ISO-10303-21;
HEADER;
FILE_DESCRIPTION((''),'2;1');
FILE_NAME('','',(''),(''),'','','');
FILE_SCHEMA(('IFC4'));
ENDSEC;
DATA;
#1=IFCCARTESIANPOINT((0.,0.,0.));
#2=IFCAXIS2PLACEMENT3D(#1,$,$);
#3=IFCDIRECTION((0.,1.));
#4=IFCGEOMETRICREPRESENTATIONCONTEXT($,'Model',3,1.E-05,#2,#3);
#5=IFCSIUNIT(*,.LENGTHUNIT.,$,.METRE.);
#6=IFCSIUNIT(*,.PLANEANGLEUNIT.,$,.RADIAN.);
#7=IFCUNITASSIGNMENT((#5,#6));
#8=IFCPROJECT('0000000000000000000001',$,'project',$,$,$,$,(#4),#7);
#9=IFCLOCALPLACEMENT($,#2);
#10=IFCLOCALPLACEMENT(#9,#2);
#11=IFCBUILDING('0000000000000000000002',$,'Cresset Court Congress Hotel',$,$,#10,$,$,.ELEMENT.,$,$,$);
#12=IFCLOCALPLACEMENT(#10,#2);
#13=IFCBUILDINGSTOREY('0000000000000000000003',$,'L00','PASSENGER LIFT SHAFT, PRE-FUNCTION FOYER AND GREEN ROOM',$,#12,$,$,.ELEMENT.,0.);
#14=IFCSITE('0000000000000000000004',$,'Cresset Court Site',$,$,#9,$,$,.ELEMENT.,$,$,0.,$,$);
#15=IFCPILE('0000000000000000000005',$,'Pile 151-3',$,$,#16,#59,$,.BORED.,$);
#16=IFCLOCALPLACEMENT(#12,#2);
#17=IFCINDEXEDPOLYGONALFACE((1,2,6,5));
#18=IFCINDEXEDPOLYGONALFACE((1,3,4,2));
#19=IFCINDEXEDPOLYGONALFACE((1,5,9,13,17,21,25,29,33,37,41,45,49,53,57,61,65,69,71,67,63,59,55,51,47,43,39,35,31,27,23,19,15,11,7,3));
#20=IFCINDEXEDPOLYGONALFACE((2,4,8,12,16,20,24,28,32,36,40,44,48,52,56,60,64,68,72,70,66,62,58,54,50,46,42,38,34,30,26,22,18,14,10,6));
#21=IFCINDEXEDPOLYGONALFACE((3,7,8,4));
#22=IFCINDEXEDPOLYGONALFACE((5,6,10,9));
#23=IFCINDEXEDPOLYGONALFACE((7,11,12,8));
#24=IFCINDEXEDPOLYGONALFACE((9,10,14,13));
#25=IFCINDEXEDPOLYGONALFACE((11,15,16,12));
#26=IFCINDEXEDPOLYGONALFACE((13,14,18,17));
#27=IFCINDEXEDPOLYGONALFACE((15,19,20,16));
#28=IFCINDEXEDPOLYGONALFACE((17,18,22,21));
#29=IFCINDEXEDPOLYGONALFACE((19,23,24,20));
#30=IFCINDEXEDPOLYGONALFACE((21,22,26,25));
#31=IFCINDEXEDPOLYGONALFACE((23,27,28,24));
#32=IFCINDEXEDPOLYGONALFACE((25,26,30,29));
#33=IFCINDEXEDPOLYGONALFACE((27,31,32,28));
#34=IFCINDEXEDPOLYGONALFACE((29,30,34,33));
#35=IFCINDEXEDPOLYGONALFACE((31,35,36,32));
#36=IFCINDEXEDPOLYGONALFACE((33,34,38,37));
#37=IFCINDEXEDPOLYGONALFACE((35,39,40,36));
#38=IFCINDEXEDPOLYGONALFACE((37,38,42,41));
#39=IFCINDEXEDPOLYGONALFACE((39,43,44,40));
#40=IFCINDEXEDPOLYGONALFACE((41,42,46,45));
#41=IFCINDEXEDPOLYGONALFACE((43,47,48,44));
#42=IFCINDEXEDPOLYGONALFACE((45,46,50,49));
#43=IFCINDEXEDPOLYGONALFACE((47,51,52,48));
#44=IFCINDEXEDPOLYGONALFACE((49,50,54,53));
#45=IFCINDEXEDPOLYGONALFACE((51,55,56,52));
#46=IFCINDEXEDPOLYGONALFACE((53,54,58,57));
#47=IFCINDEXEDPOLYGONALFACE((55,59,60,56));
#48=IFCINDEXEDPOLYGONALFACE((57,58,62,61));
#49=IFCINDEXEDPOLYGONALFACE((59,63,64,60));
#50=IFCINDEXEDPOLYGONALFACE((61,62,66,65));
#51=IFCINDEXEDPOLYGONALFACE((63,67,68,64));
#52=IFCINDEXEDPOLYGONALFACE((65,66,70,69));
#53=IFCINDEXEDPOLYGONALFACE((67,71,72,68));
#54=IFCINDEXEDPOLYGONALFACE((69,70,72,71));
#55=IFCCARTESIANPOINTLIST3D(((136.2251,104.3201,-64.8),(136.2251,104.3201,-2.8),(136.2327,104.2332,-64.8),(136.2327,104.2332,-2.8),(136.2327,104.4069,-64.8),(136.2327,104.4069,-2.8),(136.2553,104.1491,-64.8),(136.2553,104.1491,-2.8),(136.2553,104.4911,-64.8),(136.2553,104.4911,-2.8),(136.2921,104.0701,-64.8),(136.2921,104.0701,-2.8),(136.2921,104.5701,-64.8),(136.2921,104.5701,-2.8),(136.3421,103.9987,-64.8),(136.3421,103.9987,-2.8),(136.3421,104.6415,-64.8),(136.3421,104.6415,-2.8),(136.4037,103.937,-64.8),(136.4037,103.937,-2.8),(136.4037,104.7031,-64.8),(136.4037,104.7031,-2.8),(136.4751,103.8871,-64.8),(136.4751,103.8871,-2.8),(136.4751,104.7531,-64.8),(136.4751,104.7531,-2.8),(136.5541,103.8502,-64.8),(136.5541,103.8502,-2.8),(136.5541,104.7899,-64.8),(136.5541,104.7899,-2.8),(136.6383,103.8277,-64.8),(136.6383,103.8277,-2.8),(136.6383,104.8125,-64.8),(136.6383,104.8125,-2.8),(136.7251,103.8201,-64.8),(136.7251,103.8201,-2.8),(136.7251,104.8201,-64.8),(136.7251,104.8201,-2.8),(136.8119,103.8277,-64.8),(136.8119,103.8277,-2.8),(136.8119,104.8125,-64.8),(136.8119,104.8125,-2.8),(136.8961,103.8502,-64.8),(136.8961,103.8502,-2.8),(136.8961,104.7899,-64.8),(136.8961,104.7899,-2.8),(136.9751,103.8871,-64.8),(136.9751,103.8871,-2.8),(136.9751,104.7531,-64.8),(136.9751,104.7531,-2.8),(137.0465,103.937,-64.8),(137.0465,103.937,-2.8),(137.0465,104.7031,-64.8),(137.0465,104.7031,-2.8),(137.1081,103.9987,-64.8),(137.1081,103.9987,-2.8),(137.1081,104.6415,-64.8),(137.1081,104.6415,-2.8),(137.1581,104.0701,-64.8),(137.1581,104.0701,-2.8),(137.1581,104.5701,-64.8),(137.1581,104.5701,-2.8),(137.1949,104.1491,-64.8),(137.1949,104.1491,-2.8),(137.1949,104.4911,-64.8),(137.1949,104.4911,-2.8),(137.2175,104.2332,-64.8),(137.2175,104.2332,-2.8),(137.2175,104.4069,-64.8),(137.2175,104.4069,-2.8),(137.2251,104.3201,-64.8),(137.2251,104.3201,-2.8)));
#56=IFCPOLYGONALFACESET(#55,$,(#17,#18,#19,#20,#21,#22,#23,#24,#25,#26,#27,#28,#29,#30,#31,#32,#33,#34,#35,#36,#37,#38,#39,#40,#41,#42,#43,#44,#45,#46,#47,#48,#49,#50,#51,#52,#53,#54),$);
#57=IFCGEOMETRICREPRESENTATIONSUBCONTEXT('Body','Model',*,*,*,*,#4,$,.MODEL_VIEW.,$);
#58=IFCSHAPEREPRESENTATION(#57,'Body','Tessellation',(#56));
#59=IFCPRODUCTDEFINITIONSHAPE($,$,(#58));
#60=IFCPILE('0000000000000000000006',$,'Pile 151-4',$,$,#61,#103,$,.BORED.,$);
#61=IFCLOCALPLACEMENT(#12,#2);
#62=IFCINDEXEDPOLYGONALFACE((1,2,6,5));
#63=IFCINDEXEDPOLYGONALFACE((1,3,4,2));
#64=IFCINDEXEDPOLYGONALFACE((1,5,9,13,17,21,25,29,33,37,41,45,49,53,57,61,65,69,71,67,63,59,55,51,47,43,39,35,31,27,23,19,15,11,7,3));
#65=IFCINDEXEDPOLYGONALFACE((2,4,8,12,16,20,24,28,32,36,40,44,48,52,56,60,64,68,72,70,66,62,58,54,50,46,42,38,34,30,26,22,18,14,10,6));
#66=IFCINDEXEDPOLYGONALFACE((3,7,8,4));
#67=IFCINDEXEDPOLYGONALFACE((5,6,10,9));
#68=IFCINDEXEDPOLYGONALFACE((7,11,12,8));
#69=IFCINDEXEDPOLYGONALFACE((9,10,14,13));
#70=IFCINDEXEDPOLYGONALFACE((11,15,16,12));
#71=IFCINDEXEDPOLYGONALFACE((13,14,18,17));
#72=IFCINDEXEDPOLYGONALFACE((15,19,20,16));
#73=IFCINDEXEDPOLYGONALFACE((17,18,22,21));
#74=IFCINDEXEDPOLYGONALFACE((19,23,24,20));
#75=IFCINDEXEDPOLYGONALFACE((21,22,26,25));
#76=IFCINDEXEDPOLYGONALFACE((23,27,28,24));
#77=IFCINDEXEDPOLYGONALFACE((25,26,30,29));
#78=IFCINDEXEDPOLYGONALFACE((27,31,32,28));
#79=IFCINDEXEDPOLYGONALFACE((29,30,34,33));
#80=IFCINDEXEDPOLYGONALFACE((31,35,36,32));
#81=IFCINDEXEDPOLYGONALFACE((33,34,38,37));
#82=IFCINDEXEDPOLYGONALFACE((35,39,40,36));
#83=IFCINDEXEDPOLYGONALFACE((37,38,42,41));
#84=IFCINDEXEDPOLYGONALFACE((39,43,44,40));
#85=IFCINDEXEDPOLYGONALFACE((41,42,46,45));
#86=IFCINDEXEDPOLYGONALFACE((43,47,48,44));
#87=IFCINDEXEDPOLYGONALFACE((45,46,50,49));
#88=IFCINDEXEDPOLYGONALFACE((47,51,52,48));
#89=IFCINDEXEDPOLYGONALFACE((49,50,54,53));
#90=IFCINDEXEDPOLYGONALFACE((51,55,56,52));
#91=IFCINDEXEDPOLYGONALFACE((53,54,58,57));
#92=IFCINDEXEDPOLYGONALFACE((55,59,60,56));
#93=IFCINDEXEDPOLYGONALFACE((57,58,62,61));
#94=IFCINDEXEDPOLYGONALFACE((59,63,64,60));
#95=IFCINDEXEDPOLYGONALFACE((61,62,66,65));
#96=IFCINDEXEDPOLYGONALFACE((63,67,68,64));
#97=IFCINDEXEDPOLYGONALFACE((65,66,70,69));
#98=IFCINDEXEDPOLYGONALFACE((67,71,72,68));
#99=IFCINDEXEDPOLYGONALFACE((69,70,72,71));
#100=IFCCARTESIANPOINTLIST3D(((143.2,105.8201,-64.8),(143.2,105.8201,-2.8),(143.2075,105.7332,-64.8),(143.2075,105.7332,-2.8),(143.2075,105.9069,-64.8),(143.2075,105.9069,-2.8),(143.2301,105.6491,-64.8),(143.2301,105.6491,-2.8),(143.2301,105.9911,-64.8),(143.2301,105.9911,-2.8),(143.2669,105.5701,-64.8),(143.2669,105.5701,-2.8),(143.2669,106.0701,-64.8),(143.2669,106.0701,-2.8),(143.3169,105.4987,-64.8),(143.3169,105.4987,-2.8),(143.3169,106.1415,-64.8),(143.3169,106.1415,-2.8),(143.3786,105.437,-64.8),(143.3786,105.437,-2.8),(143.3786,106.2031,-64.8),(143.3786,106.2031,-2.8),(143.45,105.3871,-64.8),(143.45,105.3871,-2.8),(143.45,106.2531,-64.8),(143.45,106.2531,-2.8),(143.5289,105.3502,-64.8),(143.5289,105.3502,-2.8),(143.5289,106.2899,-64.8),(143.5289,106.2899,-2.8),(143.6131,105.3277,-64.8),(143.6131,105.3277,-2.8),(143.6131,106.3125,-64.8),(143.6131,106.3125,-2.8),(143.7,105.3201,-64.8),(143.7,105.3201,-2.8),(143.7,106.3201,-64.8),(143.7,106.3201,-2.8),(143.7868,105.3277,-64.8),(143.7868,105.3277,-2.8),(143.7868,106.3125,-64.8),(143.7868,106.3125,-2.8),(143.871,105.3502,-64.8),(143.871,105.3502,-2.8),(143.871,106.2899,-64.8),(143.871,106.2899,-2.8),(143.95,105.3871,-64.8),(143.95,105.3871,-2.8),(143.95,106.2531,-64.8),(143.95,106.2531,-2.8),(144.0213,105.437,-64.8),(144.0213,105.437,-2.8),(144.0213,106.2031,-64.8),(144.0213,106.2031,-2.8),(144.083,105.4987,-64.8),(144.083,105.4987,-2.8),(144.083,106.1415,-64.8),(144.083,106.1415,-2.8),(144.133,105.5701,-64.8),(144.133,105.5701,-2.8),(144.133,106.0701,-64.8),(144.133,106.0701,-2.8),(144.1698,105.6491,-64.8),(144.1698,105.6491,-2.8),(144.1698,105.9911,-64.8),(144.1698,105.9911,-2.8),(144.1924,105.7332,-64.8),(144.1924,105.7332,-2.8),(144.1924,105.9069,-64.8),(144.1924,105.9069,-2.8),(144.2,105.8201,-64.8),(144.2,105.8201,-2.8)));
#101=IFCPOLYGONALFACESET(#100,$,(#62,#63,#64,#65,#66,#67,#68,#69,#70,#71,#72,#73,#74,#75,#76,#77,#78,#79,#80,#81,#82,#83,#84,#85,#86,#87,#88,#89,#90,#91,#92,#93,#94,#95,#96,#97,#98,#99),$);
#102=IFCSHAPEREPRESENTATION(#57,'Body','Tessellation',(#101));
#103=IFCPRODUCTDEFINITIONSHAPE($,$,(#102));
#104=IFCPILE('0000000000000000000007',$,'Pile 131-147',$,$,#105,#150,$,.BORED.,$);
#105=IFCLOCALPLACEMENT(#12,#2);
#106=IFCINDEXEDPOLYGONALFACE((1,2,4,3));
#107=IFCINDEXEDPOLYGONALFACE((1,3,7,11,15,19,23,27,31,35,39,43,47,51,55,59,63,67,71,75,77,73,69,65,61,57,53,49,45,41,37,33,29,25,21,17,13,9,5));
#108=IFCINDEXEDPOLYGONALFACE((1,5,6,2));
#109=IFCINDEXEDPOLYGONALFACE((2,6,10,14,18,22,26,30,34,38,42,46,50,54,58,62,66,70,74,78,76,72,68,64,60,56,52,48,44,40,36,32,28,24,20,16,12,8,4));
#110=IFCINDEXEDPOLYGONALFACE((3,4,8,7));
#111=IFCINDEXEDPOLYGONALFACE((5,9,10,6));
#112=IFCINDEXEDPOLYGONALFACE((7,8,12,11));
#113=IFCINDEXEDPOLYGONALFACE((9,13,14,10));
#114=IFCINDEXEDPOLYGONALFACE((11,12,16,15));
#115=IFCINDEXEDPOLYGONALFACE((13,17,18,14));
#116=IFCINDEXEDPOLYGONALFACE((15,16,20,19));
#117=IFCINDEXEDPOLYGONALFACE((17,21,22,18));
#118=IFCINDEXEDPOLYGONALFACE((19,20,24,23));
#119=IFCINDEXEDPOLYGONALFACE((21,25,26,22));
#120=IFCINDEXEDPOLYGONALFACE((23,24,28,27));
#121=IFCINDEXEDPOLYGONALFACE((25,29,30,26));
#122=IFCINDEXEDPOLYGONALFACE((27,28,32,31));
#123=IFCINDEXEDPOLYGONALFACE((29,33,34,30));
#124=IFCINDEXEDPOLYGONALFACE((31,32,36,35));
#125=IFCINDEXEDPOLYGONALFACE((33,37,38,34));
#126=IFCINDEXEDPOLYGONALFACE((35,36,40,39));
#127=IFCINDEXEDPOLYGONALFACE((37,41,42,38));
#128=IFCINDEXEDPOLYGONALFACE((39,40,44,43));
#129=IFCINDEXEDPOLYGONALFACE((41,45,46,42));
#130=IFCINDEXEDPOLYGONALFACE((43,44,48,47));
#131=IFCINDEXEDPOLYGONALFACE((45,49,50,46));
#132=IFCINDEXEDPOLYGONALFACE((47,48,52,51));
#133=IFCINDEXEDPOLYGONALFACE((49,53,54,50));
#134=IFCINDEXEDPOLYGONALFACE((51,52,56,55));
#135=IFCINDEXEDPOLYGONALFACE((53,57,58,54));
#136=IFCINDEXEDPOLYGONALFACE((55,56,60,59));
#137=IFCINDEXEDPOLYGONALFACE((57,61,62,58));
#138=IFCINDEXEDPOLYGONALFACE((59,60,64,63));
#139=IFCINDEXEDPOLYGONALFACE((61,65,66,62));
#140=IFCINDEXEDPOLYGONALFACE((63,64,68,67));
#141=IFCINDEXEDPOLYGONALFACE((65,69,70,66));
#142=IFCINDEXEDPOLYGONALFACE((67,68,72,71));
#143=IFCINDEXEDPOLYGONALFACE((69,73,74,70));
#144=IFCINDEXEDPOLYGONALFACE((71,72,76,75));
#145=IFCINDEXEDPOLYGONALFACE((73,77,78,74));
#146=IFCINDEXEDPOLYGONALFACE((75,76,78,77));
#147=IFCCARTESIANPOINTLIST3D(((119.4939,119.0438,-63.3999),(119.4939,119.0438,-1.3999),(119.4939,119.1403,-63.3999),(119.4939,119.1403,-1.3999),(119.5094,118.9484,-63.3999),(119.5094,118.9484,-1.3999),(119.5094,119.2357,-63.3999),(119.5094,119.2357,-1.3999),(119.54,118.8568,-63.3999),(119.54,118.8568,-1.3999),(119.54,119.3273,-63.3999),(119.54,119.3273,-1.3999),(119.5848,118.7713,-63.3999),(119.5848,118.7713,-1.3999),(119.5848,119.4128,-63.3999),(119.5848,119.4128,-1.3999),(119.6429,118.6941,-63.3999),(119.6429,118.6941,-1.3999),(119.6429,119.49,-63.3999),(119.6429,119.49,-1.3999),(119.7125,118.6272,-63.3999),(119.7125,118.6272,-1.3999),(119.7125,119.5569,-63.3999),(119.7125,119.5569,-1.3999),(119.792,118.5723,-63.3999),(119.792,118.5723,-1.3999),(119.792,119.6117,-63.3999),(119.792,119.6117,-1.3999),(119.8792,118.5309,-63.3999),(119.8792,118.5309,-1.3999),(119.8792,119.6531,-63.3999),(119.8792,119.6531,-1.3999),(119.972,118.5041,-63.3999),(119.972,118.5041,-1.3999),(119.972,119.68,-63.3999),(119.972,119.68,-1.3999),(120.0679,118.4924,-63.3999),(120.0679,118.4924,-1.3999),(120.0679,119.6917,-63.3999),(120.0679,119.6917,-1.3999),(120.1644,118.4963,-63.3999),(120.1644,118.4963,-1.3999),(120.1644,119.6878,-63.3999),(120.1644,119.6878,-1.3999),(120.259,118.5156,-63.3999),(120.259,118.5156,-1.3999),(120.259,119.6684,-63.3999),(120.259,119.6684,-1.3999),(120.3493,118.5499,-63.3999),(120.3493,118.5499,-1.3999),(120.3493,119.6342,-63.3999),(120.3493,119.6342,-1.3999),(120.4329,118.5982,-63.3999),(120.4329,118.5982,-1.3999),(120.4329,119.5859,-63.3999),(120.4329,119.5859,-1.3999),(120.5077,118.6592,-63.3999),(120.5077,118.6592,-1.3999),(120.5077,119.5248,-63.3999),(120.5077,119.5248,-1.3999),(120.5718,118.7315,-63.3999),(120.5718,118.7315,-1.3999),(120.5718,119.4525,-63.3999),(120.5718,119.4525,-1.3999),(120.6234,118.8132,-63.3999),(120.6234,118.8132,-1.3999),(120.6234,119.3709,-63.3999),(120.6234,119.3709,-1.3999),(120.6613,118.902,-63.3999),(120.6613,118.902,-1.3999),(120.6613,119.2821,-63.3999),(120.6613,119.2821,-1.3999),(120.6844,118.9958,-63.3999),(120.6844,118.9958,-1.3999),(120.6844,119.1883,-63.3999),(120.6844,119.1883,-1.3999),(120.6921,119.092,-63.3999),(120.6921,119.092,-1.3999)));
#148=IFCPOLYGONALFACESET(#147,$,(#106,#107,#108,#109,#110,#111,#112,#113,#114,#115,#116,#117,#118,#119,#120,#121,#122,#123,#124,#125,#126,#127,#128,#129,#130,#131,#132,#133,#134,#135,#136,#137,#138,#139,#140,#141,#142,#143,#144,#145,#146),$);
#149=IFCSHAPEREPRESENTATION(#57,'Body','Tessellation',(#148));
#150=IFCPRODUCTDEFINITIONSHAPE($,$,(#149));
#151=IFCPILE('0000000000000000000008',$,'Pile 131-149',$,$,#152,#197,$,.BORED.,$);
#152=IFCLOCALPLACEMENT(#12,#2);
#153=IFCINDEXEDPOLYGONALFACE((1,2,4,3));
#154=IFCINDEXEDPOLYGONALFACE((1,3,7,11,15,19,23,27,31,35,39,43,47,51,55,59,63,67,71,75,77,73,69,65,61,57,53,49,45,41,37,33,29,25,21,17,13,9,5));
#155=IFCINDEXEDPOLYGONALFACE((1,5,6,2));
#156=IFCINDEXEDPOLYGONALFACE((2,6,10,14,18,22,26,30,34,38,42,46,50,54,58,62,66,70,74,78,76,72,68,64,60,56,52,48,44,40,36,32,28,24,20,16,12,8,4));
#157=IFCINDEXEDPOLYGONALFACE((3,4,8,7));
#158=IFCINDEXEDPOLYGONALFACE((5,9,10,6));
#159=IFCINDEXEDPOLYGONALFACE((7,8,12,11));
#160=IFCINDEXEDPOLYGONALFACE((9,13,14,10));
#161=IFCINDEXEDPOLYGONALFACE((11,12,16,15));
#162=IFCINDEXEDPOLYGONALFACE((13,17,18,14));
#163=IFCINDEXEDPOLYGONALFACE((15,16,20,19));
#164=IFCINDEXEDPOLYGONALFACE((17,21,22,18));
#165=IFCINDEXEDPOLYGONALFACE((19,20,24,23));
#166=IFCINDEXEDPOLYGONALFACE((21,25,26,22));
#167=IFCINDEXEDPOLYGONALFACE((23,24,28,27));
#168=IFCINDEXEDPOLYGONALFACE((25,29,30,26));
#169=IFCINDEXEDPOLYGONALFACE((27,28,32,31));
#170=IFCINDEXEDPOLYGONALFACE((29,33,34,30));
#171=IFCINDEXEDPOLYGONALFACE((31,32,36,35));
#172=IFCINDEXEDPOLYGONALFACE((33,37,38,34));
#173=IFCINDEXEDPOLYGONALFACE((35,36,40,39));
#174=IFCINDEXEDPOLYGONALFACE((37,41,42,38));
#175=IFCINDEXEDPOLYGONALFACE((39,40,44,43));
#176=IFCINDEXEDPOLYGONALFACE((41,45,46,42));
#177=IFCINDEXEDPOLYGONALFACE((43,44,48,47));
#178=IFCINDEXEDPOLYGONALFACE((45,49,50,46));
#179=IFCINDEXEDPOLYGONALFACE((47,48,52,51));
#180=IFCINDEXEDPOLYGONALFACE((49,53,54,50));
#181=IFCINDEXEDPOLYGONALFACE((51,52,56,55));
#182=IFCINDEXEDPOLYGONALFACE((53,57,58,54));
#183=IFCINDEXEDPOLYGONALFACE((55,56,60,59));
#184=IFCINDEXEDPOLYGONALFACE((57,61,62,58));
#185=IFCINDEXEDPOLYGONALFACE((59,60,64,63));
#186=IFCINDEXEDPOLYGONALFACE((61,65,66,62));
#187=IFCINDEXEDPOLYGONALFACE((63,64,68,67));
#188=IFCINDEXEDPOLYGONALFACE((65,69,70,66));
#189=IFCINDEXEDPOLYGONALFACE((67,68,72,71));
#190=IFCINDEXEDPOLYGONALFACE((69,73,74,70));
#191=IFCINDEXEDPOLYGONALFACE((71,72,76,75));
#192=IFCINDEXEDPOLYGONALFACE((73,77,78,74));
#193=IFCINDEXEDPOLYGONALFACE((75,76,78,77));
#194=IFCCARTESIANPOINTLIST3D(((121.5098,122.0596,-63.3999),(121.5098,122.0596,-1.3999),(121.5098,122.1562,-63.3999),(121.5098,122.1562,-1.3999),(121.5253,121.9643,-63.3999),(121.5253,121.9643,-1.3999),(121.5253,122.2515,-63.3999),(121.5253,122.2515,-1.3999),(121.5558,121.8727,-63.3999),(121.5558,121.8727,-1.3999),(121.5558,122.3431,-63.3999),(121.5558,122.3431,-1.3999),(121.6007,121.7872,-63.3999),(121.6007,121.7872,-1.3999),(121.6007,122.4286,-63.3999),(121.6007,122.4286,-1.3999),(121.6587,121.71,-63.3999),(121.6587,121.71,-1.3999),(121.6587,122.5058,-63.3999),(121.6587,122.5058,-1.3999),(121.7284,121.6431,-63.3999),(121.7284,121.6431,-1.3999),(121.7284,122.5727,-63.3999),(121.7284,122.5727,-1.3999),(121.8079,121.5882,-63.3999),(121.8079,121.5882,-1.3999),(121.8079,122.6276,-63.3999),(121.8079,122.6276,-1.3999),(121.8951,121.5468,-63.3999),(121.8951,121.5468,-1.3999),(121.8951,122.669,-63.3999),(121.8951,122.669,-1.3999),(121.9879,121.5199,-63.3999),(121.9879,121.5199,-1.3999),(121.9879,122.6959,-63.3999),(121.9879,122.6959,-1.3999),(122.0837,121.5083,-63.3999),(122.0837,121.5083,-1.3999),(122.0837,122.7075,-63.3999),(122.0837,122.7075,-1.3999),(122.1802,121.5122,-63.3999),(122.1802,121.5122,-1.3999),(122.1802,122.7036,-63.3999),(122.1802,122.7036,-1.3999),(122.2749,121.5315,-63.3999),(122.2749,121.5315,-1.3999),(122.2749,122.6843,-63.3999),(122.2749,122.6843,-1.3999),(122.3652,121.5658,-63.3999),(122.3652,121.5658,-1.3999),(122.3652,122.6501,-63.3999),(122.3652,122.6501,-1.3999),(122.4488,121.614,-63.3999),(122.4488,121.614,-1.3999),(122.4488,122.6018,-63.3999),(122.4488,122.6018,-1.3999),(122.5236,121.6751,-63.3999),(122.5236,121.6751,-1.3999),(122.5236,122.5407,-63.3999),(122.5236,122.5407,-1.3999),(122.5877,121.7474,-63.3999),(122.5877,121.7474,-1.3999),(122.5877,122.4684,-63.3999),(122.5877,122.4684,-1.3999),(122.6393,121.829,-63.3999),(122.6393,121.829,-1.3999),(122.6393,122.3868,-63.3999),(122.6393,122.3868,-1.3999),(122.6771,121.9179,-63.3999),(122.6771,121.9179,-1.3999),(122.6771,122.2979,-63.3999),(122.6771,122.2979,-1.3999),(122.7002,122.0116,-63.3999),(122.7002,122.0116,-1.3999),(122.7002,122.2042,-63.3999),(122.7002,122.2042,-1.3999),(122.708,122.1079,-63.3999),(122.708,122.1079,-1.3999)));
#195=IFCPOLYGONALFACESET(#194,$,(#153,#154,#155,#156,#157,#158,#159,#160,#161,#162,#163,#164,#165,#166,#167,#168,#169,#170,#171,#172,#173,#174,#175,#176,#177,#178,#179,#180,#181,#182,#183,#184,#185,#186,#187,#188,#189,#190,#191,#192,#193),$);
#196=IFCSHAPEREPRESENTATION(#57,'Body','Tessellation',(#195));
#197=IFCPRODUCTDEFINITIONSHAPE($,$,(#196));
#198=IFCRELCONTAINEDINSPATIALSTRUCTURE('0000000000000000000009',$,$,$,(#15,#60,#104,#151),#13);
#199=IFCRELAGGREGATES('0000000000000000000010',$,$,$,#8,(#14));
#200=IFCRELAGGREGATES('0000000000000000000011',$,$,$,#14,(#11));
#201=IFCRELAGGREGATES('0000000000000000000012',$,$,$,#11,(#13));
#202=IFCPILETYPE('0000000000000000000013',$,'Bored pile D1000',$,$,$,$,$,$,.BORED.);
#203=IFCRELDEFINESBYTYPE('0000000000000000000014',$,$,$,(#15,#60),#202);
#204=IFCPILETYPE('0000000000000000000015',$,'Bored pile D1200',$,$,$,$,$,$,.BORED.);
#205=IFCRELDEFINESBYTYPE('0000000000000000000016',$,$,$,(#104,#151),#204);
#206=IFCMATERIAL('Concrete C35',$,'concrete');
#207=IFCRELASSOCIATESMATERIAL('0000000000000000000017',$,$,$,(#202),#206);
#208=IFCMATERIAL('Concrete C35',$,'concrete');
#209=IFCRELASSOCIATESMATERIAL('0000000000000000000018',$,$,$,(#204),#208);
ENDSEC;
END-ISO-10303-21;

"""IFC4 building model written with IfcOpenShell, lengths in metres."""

from ifc_helpers import new_model, si_unit, direction, frame, origin, origin_2d, place, context, subcontext, project, spatial, circle, extrude, material, type_object, element, save


model = new_model("IFC4")

# Units and contexts
model_context = context("Model", 3, precision=1e-05, world=origin(), true_north=direction((0.0, 1.0)))
body_context = subcontext(model_context, "Body", "Model", "MODEL_VIEW")
ifc_project = project(units=[si_unit("LENGTHUNIT", "METRE"), si_unit("PLANEANGLEUNIT", "RADIAN")], contexts=[model_context])

# Site, building, storey
site_placement = place(None, origin())
site = spatial("IfcSite", under=ifc_project, at=site_placement, Name="Cresset Court Site", CompositionType="ELEMENT", RefElevation=0.0)
building_placement = place(site_placement, origin())
building = spatial("IfcBuilding", under=site, at=building_placement, Name="Cresset Court Congress Hotel", CompositionType="ELEMENT")
storey_placement = place(building_placement, origin())
storey = spatial("IfcBuildingStorey", under=building, at=storey_placement, Name="L00", Description="PASSENGER LIFT SHAFT, PRE-FUNCTION FOYER AND GREEN ROOM", CompositionType="ELEMENT", Elevation=0.0)

# Piles
ifc_material_1 = material(Name="Concrete C35", Category="concrete")
pile_type_1 = type_object("IfcPileType", Name="Bored pile D1000", PredefinedType="BORED", material=ifc_material_1)
for number, where, z_axis, x_axis, name in (
    (1, (136.7251, 104.3201, -2.8), (0.0, 0.0, -1.0), (1.0, 0.0, 0.0), "Pile 151-3"),
    (2, (143.7, 105.8201, -2.8), (0.0, 0.0, -1.0), (1.0, 0.0, 0.0), "Pile 151-4"),
):
    element("IfcPile", number, at=place(storey_placement, frame(where, z_axis=z_axis, x_axis=x_axis)), inside=storey, type_object=pile_type_1, Name=name, PredefinedType="BORED", context=body_context, shape_type="SweptSolid", body=[
        extrude(circle(Radius=0.5, at=origin_2d()), origin(), (0.0, 0.0, 1.0), 62.0),
    ])
ifc_material_2 = material(Name="Concrete C35", Category="concrete")
pile_type_2 = type_object("IfcPileType", Name="Bored pile D1200", PredefinedType="BORED", material=ifc_material_2)
for number, where, z_axis, x_axis, name in (
    (3, (120.092, 119.092, -1.3999), (0.0, 0.0, -1.0), (1.0, 0.0, 0.0), "Pile 131-147"),
    (4, (122.1079, 122.1079, -1.3999), (0.0, 0.0, -1.0), (1.0, 0.0, 0.0), "Pile 131-149"),
):
    element("IfcPile", number, at=place(storey_placement, frame(where, z_axis=z_axis, x_axis=x_axis)), inside=storey, type_object=pile_type_2, Name=name, PredefinedType="BORED", context=body_context, shape_type="SweptSolid", body=[
        extrude(circle(Radius=0.6001, at=origin_2d()), origin(), (0.0, 0.0, 1.0), 62.0),
    ])

save(model, "model.ifc")
